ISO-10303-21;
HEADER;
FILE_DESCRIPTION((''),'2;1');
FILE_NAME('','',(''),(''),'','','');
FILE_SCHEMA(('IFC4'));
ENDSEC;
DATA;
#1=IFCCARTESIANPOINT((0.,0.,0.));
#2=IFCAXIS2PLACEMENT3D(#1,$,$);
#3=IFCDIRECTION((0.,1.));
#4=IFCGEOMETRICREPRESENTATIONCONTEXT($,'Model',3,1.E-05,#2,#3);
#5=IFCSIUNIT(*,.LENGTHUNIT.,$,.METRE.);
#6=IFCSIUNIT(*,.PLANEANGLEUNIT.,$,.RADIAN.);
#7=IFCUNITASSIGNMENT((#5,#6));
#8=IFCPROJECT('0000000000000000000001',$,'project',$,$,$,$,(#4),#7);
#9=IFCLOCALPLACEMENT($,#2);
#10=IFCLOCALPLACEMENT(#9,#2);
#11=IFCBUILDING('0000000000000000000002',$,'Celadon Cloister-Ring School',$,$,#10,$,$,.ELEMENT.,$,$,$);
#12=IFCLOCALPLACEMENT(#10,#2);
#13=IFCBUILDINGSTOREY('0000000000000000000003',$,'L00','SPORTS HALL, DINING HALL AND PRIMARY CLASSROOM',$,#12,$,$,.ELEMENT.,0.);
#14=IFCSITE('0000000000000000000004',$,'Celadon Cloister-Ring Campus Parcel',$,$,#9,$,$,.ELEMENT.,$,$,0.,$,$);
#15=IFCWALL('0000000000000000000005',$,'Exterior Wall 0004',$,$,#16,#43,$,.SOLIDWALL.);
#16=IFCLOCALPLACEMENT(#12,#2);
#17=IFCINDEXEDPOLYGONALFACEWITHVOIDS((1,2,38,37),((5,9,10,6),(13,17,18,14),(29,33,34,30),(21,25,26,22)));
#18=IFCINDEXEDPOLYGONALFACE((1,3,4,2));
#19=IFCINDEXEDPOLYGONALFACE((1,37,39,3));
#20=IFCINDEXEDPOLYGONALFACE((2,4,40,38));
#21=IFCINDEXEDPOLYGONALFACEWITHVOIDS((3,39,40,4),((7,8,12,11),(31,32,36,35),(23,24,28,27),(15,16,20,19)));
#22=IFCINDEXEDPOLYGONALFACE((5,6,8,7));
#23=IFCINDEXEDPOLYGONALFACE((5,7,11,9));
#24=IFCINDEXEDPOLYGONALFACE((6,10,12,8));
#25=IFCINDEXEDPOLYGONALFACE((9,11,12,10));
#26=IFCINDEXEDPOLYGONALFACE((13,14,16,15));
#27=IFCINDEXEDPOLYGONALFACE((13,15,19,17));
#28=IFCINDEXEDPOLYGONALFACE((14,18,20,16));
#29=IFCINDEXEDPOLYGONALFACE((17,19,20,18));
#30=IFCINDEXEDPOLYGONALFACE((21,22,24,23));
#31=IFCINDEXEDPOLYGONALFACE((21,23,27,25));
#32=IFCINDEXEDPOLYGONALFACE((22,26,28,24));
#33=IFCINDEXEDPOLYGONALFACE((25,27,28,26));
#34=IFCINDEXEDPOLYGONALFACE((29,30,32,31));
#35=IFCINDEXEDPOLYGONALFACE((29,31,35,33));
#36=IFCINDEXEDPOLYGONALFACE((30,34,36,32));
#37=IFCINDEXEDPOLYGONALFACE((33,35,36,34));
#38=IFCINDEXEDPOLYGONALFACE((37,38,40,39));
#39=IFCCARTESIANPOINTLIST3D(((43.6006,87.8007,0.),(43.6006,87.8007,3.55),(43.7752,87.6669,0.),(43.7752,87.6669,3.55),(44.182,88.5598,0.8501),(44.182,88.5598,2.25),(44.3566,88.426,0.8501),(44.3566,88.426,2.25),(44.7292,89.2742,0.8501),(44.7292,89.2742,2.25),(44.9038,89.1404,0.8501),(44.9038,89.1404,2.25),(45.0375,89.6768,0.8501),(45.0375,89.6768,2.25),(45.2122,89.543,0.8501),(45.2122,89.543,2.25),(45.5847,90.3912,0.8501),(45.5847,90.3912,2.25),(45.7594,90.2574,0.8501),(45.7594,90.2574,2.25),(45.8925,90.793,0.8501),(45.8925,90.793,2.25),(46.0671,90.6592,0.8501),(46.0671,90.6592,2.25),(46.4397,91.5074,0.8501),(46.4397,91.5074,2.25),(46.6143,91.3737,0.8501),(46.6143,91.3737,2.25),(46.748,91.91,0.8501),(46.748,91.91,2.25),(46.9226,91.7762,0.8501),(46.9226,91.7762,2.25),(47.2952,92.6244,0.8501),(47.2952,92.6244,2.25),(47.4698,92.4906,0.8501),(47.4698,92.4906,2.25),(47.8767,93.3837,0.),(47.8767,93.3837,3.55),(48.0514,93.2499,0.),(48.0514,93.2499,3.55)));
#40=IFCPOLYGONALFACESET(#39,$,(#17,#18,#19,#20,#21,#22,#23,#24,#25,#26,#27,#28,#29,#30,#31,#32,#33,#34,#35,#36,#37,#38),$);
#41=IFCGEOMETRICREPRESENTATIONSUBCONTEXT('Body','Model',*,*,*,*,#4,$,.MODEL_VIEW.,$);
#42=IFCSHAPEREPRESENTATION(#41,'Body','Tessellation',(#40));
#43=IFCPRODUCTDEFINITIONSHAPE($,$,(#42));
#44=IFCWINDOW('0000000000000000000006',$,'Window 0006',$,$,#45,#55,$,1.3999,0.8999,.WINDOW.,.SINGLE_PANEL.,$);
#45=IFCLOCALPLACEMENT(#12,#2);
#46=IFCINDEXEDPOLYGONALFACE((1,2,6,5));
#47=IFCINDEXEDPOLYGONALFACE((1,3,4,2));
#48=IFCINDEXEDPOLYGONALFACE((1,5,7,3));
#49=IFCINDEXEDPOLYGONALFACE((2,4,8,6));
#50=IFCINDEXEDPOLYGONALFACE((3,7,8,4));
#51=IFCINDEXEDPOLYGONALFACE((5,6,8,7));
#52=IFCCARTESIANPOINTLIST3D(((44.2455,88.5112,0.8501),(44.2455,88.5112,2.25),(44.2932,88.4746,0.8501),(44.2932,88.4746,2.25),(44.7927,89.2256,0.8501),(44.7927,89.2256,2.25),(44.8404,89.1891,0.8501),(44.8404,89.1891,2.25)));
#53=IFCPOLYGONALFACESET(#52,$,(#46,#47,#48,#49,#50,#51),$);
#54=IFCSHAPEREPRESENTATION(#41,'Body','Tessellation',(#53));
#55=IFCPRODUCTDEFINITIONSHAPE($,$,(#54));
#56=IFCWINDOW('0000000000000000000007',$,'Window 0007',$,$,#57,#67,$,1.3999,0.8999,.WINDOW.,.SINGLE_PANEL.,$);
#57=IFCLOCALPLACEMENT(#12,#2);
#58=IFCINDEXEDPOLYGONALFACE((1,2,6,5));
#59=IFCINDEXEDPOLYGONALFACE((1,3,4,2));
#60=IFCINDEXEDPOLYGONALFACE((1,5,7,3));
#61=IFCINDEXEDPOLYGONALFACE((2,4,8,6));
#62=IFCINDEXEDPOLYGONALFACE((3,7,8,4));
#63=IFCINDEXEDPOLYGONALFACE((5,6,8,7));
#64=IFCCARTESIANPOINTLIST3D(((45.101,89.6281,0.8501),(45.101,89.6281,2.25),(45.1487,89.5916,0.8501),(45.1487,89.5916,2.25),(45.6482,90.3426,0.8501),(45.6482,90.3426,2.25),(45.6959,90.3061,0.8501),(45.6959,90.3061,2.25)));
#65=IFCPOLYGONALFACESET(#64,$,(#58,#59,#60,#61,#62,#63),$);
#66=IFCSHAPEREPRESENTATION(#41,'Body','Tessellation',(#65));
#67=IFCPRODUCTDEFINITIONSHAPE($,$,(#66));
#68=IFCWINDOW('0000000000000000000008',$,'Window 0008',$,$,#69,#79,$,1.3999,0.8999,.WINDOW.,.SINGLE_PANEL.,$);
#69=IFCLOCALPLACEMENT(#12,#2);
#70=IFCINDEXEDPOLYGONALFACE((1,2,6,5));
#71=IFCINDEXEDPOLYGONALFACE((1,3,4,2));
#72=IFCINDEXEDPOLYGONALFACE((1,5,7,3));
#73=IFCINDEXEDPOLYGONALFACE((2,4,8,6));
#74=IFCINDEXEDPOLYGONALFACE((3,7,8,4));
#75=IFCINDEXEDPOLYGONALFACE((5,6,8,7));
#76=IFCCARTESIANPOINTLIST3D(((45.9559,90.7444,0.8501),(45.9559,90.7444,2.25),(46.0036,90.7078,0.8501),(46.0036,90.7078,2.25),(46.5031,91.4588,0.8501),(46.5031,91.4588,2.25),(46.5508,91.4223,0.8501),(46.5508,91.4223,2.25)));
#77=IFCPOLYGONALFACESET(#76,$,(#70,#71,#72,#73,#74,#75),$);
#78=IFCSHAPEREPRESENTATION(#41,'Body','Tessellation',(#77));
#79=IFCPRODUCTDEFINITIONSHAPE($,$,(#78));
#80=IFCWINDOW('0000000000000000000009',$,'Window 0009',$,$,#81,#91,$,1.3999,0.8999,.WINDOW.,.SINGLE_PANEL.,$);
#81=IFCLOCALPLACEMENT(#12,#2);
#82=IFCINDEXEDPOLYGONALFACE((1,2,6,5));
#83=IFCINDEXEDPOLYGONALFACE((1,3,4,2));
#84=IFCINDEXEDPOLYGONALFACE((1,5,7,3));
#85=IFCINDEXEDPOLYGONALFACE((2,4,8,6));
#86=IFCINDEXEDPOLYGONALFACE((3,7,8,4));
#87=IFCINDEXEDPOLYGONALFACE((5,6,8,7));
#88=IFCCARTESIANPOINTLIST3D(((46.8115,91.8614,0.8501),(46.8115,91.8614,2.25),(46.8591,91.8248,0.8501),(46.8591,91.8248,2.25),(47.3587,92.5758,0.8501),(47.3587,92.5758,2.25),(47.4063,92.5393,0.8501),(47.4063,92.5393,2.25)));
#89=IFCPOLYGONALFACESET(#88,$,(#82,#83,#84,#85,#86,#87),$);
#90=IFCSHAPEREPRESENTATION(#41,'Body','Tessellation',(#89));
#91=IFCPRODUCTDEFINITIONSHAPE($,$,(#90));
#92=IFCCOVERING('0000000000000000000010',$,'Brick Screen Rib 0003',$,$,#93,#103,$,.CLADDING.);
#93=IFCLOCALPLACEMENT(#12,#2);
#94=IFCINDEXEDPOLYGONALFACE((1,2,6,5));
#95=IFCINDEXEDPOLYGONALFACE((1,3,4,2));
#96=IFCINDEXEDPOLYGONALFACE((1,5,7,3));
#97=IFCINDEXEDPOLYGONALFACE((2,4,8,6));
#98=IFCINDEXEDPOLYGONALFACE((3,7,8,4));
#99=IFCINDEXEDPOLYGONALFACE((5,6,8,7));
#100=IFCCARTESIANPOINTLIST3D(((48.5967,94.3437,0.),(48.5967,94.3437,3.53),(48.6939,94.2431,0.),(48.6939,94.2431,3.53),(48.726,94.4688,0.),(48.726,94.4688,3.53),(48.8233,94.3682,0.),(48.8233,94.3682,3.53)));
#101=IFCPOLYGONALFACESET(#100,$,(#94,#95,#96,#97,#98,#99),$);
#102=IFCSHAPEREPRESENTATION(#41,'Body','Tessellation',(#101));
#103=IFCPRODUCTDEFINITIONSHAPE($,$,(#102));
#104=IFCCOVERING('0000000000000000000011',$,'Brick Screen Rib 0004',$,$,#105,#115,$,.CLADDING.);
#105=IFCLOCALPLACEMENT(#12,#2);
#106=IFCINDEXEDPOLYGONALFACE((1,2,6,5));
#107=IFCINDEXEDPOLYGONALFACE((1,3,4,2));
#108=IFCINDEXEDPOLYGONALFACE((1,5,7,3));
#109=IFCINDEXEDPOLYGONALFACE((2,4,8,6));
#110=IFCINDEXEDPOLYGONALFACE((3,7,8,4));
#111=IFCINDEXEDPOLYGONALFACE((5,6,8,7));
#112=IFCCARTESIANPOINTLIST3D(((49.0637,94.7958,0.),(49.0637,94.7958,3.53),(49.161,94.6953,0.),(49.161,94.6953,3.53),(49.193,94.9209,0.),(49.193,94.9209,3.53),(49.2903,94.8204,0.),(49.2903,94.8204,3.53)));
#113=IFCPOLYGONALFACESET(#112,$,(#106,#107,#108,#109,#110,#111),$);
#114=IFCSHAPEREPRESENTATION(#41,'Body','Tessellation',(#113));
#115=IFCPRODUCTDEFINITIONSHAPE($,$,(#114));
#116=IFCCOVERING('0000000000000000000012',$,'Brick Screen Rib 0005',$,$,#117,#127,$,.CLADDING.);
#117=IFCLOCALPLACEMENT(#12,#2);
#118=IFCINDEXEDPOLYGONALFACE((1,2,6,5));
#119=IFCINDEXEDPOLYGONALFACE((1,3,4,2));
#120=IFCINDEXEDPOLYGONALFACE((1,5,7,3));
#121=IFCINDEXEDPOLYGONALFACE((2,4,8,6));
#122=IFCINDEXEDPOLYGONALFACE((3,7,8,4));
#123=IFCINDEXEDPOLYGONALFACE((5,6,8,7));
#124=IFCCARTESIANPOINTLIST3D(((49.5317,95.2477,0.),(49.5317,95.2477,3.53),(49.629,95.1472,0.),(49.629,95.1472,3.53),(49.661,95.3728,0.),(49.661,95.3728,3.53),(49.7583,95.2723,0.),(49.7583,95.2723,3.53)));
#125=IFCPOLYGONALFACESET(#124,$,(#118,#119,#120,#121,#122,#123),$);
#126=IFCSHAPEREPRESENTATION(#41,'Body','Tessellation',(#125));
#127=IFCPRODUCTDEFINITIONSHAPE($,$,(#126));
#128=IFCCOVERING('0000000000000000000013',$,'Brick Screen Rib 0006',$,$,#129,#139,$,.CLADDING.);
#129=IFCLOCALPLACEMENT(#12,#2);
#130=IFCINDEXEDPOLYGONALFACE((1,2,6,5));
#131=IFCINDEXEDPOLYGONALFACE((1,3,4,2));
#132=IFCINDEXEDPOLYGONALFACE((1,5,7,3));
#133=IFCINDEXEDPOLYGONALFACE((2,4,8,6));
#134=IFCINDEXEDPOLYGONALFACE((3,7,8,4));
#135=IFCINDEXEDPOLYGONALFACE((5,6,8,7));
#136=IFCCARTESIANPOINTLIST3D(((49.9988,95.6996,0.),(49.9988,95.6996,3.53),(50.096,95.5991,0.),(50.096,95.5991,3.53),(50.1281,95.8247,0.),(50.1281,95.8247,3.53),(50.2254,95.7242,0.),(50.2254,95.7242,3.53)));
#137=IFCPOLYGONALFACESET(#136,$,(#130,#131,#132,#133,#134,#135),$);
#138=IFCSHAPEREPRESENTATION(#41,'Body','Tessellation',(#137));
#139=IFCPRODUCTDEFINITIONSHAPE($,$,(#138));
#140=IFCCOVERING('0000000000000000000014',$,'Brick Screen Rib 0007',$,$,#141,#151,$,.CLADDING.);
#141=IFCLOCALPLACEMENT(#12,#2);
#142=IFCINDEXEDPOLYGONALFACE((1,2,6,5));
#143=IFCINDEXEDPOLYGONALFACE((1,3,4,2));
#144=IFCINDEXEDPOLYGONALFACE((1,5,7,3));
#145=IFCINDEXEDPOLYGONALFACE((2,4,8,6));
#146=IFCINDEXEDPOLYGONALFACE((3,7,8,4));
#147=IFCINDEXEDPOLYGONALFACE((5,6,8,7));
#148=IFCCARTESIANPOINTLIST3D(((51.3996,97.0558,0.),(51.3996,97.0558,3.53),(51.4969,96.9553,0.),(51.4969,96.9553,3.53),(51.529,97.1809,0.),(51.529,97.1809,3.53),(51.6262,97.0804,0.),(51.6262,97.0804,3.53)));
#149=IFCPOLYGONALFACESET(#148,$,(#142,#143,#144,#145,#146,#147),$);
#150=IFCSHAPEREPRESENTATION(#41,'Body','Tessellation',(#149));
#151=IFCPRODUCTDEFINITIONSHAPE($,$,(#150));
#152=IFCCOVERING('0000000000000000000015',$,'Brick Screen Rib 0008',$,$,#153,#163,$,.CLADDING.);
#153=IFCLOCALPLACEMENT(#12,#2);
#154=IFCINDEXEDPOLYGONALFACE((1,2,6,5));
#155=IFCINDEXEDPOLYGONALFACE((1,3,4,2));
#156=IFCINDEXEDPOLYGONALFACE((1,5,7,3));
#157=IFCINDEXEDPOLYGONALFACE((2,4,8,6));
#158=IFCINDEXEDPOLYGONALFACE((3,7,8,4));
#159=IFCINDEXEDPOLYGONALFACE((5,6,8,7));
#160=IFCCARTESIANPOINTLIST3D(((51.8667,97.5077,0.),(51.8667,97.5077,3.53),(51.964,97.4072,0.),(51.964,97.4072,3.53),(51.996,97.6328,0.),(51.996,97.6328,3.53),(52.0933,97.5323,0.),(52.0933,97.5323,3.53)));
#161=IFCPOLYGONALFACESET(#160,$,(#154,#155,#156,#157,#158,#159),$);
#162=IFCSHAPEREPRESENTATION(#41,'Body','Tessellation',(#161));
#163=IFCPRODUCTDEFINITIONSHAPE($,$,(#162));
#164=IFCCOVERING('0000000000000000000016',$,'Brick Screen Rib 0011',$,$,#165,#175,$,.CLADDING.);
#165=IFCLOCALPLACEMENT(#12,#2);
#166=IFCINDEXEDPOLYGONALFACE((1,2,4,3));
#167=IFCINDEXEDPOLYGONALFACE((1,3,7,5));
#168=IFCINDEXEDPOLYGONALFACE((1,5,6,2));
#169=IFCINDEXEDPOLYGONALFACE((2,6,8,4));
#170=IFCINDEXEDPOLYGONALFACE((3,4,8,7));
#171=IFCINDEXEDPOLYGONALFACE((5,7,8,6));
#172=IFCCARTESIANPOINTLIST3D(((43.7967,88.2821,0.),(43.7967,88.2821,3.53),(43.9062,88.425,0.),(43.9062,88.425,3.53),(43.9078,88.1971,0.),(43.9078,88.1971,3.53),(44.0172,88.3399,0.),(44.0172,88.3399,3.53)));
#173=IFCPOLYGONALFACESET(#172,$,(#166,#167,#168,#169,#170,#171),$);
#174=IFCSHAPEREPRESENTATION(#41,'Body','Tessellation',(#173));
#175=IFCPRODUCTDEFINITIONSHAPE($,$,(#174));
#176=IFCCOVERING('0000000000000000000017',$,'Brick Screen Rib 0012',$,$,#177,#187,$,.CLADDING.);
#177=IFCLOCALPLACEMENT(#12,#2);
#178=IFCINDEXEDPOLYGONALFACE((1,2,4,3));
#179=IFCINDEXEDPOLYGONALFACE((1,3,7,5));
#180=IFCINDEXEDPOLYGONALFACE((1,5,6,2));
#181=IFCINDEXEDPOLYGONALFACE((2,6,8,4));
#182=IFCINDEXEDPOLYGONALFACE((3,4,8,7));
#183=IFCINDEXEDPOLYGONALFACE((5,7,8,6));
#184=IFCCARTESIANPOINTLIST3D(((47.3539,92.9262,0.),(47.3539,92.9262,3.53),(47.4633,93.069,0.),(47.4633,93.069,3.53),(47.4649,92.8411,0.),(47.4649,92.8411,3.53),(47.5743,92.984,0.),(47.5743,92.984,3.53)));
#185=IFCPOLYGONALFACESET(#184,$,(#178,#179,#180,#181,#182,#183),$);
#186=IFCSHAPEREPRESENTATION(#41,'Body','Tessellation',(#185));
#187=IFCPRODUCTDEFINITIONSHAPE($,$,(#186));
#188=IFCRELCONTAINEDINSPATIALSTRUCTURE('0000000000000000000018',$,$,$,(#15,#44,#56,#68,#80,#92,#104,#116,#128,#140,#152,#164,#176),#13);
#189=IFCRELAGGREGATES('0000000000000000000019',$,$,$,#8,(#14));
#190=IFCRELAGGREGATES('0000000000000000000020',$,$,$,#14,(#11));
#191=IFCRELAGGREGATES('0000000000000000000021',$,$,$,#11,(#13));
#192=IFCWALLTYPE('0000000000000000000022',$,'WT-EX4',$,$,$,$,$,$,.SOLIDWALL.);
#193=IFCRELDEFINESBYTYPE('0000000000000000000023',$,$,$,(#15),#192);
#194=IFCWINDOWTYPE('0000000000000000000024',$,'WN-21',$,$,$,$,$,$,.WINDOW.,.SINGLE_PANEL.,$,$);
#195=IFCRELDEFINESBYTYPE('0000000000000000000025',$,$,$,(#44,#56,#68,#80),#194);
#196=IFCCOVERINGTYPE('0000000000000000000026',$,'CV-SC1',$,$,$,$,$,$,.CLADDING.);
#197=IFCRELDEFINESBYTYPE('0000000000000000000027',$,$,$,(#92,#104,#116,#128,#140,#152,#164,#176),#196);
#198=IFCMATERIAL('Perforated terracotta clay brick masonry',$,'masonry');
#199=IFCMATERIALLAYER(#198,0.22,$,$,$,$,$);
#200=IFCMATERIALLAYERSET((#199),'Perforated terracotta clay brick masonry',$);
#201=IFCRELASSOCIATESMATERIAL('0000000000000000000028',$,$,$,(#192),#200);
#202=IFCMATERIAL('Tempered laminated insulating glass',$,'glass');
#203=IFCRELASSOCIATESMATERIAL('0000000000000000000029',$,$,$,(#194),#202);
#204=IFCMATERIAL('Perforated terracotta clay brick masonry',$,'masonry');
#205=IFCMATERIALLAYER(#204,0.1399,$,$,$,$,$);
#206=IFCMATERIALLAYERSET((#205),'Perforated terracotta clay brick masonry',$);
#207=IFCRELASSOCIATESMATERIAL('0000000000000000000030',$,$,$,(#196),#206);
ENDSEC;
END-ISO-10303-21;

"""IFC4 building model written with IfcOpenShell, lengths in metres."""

from ifc_helpers import new_model, si_unit, direction, frame, frame_2d, origin, origin_2d, place, context, subcontext, project, spatial, rectangle, extrude, material, layer, layer_set, type_object, element, fill, save


model = new_model("IFC4")

# Units and contexts
model_context = context("Model", 3, precision=1e-05, world=origin(), true_north=direction((0.0, 1.0)))
body_context = subcontext(model_context, "Body", "Model", "MODEL_VIEW")
ifc_project = project(units=[si_unit("LENGTHUNIT", "METRE"), si_unit("PLANEANGLEUNIT", "RADIAN")], contexts=[model_context])

# Site, building, storey
site_placement = place(None, origin())
site = spatial("IfcSite", under=ifc_project, at=site_placement, Name="Celadon Cloister-Ring Campus Parcel", CompositionType="ELEMENT", RefElevation=0.0)
building_placement = place(site_placement, origin())
building = spatial("IfcBuilding", under=site, at=building_placement, Name="Celadon Cloister-Ring School", CompositionType="ELEMENT")
storey_placement = place(building_placement, origin())
storey = spatial("IfcBuildingStorey", under=building, at=storey_placement, Name="L00", Description="SPORTS HALL, DINING HALL AND PRIMARY CLASSROOM", CompositionType="ELEMENT", Elevation=0.0)

# Shared definitions
ifc_material_1 = material(Name="Perforated terracotta clay brick masonry", Category="masonry")
ifc_layer_1 = layer(ifc_material_1, 0.22)
ifc_layer_set_1 = layer_set([ifc_layer_1], Name="Perforated terracotta clay brick masonry")
wall_type = type_object("IfcWallType", Name="WT-EX4", PredefinedType="SOLIDWALL", material=ifc_layer_set_1)

# Wall, openings, windows
wall_1_placement = place(storey_placement, frame((43.688, 87.7339, 0.0), z_axis=(0.0, 0.0, 1.0), x_axis=(0.608057, 0.793893, 0.0)))
wall_1 = element("IfcWall", 1, at=wall_1_placement, inside=storey, type_object=wall_type, Name="Exterior Wall 0004", PredefinedType="SOLIDWALL", context=body_context, shape_type="SweptSolid", body=[
    extrude(rectangle(XDim=7.0325, YDim=0.22, at=frame_2d((3.5161, 0.0))), origin(), (0.0, 0.0, 1.0), 3.55),
])
opening_1_placement = place(wall_1_placement, frame((0.9561, 0.0, 0.8501)))
opening_1 = element("IfcOpeningElement", 2, at=opening_1_placement, cuts=wall_1, PredefinedType="OPENING", context=body_context, shape_type="SweptSolid", body=[
    extrude(rectangle(XDim=0.8999, YDim=1.3999, at=frame_2d((0.45, 0.7))), frame((0.0, 0.1201, 0.0), z_axis=(0.0, -1.0, 0.0), x_axis=(1.0, 0.0, 0.0)), (0.0, 0.0, 1.0), 0.24),
])
opening_2_placement = place(wall_1_placement, frame((2.363, 0.0, 0.8501)))
opening_2 = element("IfcOpeningElement", 3, at=opening_2_placement, cuts=wall_1, PredefinedType="OPENING", context=body_context, shape_type="SweptSolid", body=[
    extrude(rectangle(XDim=0.8999, YDim=1.3999, at=frame_2d((0.45, 0.7))), frame((0.0, 0.1201, 0.0), z_axis=(0.0, -1.0, 0.0), x_axis=(1.0, 0.0, 0.0)), (0.0, 0.0, 1.0), 0.24),
])
opening_3_placement = place(wall_1_placement, frame((3.769, 0.0, 0.8501)))
opening_3 = element("IfcOpeningElement", 4, at=opening_3_placement, cuts=wall_1, PredefinedType="OPENING", context=body_context, shape_type="SweptSolid", body=[
    extrude(rectangle(XDim=0.8999, YDim=1.3999, at=frame_2d((0.45, 0.7))), frame((0.0, 0.1201, 0.0), z_axis=(0.0, -1.0, 0.0), x_axis=(1.0, 0.0, 0.0)), (0.0, 0.0, 1.0), 0.24),
])
opening_4_placement = place(wall_1_placement, frame((5.176, 0.0, 0.8501)))
opening_4 = element("IfcOpeningElement", 5, at=opening_4_placement, cuts=wall_1, PredefinedType="OPENING", context=body_context, shape_type="SweptSolid", body=[
    extrude(rectangle(XDim=0.8999, YDim=1.3999, at=frame_2d((0.45, 0.7))), frame((0.0, 0.1201, 0.0), z_axis=(0.0, -1.0, 0.0), x_axis=(1.0, 0.0, 0.0)), (0.0, 0.0, 1.0), 0.24),
])
ifc_material_2 = material(Name="Tempered laminated insulating glass", Category="glass")
window_type = type_object("IfcWindowType", Name="WN-21", PartitioningType="SINGLE_PANEL", PredefinedType="WINDOW", material=ifc_material_2)
window_1_placement = place(opening_1_placement, origin())
window_1 = element("IfcWindow", 6, at=window_1_placement, inside=storey, type_object=window_type, Name="Window 0006", OverallHeight=1.3999, OverallWidth=0.8999, PartitioningType="SINGLE_PANEL", PredefinedType="WINDOW", context=body_context, shape_type="SweptSolid", body=[
    extrude(rectangle(XDim=0.8999, YDim=1.3999, at=frame_2d((0.45, 0.7))), frame((0.0, 0.03, 0.0), z_axis=(0.0, -1.0, 0.0), x_axis=(1.0, 0.0, 0.0)), (0.0, 0.0, 1.0), 0.0601),
])
fill(opening_1, window_1)
window_2_placement = place(opening_2_placement, origin())
window_2 = element("IfcWindow", 7, at=window_2_placement, inside=storey, type_object=window_type, Name="Window 0007", OverallHeight=1.3999, OverallWidth=0.8999, PartitioningType="SINGLE_PANEL", PredefinedType="WINDOW", context=body_context, shape_type="SweptSolid", body=[
    extrude(rectangle(XDim=0.8999, YDim=1.3999, at=frame_2d((0.45, 0.7))), frame((0.0, 0.03, 0.0), z_axis=(0.0, -1.0, 0.0), x_axis=(1.0, 0.0, 0.0)), (0.0, 0.0, 1.0), 0.0601),
])
fill(opening_2, window_2)
window_3_placement = place(opening_3_placement, origin())
window_3 = element("IfcWindow", 8, at=window_3_placement, inside=storey, type_object=window_type, Name="Window 0008", OverallHeight=1.3999, OverallWidth=0.8999, PartitioningType="SINGLE_PANEL", PredefinedType="WINDOW", context=body_context, shape_type="SweptSolid", body=[
    extrude(rectangle(XDim=0.8999, YDim=1.3999, at=frame_2d((0.45, 0.7))), frame((0.0, 0.03, 0.0), z_axis=(0.0, -1.0, 0.0), x_axis=(1.0, 0.0, 0.0)), (0.0, 0.0, 1.0), 0.0601),
])
fill(opening_3, window_3)
window_4_placement = place(opening_4_placement, origin())
window_4 = element("IfcWindow", 9, at=window_4_placement, inside=storey, type_object=window_type, Name="Window 0009", OverallHeight=1.3999, OverallWidth=0.8999, PartitioningType="SINGLE_PANEL", PredefinedType="WINDOW", context=body_context, shape_type="SweptSolid", body=[
    extrude(rectangle(XDim=0.8999, YDim=1.3999, at=frame_2d((0.45, 0.7))), frame((0.0, 0.03, 0.0), z_axis=(0.0, -1.0, 0.0), x_axis=(1.0, 0.0, 0.0)), (0.0, 0.0, 1.0), 0.0601),
])
fill(opening_4, window_4)

# Coverings
ifc_material_3 = material(Name="Perforated terracotta clay brick masonry", Category="masonry")
ifc_layer_2 = layer(ifc_material_3, 0.1399)
ifc_layer_set_2 = layer_set([ifc_layer_2], Name="Perforated terracotta clay brick masonry")
covering_type = type_object("IfcCoveringType", Name="CV-SC1", PredefinedType="CLADDING", material=ifc_layer_set_2)
for number, where, z_axis, x_axis, name in (
    (10, (48.71, 94.356, 0.0), (0.0, 0.0, 1.0), (0.718673, 0.695349, 0.0), "Brick Screen Rib 0003"),
    (11, (49.177, 94.8081, 0.0), (0.0, 0.0, 1.0), (0.718673, 0.695349, 0.0), "Brick Screen Rib 0004"),
    (12, (49.645, 95.26, 0.0), (0.0, 0.0, 1.0), (0.718673, 0.695349, 0.0), "Brick Screen Rib 0005"),
    (13, (50.1121, 95.7119, 0.0), (0.0, 0.0, 1.0), (0.718673, 0.695349, 0.0), "Brick Screen Rib 0006"),
    (14, (51.5129, 97.0681, 0.0), (0.0, 0.0, 1.0), (0.718673, 0.695349, 0.0), "Brick Screen Rib 0007"),
    (15, (51.98, 97.52, 0.0), (0.0, 0.0, 1.0), (0.718673, 0.695349, 0.0), "Brick Screen Rib 0008"),
    (16, (43.907, 88.311, 0.0), (0.0, 0.0, 1.0), (0.608041, 0.793906, 0.0), "Brick Screen Rib 0011"),
    (17, (47.4641, 92.9551, 0.0), (0.0, 0.0, 1.0), (0.608041, 0.793906, 0.0), "Brick Screen Rib 0012"),
):
    element("IfcCovering", number, at=place(storey_placement, frame(where, z_axis=z_axis, x_axis=x_axis)), inside=storey, type_object=covering_type, Name=name, PredefinedType="CLADDING", context=body_context, shape_type="SweptSolid", body=[
        extrude(rectangle(XDim=0.1799, YDim=0.1399, at=origin_2d()), origin(), (0.0, 0.0, 1.0), 3.53),
    ])

save(model, "model.ifc")
